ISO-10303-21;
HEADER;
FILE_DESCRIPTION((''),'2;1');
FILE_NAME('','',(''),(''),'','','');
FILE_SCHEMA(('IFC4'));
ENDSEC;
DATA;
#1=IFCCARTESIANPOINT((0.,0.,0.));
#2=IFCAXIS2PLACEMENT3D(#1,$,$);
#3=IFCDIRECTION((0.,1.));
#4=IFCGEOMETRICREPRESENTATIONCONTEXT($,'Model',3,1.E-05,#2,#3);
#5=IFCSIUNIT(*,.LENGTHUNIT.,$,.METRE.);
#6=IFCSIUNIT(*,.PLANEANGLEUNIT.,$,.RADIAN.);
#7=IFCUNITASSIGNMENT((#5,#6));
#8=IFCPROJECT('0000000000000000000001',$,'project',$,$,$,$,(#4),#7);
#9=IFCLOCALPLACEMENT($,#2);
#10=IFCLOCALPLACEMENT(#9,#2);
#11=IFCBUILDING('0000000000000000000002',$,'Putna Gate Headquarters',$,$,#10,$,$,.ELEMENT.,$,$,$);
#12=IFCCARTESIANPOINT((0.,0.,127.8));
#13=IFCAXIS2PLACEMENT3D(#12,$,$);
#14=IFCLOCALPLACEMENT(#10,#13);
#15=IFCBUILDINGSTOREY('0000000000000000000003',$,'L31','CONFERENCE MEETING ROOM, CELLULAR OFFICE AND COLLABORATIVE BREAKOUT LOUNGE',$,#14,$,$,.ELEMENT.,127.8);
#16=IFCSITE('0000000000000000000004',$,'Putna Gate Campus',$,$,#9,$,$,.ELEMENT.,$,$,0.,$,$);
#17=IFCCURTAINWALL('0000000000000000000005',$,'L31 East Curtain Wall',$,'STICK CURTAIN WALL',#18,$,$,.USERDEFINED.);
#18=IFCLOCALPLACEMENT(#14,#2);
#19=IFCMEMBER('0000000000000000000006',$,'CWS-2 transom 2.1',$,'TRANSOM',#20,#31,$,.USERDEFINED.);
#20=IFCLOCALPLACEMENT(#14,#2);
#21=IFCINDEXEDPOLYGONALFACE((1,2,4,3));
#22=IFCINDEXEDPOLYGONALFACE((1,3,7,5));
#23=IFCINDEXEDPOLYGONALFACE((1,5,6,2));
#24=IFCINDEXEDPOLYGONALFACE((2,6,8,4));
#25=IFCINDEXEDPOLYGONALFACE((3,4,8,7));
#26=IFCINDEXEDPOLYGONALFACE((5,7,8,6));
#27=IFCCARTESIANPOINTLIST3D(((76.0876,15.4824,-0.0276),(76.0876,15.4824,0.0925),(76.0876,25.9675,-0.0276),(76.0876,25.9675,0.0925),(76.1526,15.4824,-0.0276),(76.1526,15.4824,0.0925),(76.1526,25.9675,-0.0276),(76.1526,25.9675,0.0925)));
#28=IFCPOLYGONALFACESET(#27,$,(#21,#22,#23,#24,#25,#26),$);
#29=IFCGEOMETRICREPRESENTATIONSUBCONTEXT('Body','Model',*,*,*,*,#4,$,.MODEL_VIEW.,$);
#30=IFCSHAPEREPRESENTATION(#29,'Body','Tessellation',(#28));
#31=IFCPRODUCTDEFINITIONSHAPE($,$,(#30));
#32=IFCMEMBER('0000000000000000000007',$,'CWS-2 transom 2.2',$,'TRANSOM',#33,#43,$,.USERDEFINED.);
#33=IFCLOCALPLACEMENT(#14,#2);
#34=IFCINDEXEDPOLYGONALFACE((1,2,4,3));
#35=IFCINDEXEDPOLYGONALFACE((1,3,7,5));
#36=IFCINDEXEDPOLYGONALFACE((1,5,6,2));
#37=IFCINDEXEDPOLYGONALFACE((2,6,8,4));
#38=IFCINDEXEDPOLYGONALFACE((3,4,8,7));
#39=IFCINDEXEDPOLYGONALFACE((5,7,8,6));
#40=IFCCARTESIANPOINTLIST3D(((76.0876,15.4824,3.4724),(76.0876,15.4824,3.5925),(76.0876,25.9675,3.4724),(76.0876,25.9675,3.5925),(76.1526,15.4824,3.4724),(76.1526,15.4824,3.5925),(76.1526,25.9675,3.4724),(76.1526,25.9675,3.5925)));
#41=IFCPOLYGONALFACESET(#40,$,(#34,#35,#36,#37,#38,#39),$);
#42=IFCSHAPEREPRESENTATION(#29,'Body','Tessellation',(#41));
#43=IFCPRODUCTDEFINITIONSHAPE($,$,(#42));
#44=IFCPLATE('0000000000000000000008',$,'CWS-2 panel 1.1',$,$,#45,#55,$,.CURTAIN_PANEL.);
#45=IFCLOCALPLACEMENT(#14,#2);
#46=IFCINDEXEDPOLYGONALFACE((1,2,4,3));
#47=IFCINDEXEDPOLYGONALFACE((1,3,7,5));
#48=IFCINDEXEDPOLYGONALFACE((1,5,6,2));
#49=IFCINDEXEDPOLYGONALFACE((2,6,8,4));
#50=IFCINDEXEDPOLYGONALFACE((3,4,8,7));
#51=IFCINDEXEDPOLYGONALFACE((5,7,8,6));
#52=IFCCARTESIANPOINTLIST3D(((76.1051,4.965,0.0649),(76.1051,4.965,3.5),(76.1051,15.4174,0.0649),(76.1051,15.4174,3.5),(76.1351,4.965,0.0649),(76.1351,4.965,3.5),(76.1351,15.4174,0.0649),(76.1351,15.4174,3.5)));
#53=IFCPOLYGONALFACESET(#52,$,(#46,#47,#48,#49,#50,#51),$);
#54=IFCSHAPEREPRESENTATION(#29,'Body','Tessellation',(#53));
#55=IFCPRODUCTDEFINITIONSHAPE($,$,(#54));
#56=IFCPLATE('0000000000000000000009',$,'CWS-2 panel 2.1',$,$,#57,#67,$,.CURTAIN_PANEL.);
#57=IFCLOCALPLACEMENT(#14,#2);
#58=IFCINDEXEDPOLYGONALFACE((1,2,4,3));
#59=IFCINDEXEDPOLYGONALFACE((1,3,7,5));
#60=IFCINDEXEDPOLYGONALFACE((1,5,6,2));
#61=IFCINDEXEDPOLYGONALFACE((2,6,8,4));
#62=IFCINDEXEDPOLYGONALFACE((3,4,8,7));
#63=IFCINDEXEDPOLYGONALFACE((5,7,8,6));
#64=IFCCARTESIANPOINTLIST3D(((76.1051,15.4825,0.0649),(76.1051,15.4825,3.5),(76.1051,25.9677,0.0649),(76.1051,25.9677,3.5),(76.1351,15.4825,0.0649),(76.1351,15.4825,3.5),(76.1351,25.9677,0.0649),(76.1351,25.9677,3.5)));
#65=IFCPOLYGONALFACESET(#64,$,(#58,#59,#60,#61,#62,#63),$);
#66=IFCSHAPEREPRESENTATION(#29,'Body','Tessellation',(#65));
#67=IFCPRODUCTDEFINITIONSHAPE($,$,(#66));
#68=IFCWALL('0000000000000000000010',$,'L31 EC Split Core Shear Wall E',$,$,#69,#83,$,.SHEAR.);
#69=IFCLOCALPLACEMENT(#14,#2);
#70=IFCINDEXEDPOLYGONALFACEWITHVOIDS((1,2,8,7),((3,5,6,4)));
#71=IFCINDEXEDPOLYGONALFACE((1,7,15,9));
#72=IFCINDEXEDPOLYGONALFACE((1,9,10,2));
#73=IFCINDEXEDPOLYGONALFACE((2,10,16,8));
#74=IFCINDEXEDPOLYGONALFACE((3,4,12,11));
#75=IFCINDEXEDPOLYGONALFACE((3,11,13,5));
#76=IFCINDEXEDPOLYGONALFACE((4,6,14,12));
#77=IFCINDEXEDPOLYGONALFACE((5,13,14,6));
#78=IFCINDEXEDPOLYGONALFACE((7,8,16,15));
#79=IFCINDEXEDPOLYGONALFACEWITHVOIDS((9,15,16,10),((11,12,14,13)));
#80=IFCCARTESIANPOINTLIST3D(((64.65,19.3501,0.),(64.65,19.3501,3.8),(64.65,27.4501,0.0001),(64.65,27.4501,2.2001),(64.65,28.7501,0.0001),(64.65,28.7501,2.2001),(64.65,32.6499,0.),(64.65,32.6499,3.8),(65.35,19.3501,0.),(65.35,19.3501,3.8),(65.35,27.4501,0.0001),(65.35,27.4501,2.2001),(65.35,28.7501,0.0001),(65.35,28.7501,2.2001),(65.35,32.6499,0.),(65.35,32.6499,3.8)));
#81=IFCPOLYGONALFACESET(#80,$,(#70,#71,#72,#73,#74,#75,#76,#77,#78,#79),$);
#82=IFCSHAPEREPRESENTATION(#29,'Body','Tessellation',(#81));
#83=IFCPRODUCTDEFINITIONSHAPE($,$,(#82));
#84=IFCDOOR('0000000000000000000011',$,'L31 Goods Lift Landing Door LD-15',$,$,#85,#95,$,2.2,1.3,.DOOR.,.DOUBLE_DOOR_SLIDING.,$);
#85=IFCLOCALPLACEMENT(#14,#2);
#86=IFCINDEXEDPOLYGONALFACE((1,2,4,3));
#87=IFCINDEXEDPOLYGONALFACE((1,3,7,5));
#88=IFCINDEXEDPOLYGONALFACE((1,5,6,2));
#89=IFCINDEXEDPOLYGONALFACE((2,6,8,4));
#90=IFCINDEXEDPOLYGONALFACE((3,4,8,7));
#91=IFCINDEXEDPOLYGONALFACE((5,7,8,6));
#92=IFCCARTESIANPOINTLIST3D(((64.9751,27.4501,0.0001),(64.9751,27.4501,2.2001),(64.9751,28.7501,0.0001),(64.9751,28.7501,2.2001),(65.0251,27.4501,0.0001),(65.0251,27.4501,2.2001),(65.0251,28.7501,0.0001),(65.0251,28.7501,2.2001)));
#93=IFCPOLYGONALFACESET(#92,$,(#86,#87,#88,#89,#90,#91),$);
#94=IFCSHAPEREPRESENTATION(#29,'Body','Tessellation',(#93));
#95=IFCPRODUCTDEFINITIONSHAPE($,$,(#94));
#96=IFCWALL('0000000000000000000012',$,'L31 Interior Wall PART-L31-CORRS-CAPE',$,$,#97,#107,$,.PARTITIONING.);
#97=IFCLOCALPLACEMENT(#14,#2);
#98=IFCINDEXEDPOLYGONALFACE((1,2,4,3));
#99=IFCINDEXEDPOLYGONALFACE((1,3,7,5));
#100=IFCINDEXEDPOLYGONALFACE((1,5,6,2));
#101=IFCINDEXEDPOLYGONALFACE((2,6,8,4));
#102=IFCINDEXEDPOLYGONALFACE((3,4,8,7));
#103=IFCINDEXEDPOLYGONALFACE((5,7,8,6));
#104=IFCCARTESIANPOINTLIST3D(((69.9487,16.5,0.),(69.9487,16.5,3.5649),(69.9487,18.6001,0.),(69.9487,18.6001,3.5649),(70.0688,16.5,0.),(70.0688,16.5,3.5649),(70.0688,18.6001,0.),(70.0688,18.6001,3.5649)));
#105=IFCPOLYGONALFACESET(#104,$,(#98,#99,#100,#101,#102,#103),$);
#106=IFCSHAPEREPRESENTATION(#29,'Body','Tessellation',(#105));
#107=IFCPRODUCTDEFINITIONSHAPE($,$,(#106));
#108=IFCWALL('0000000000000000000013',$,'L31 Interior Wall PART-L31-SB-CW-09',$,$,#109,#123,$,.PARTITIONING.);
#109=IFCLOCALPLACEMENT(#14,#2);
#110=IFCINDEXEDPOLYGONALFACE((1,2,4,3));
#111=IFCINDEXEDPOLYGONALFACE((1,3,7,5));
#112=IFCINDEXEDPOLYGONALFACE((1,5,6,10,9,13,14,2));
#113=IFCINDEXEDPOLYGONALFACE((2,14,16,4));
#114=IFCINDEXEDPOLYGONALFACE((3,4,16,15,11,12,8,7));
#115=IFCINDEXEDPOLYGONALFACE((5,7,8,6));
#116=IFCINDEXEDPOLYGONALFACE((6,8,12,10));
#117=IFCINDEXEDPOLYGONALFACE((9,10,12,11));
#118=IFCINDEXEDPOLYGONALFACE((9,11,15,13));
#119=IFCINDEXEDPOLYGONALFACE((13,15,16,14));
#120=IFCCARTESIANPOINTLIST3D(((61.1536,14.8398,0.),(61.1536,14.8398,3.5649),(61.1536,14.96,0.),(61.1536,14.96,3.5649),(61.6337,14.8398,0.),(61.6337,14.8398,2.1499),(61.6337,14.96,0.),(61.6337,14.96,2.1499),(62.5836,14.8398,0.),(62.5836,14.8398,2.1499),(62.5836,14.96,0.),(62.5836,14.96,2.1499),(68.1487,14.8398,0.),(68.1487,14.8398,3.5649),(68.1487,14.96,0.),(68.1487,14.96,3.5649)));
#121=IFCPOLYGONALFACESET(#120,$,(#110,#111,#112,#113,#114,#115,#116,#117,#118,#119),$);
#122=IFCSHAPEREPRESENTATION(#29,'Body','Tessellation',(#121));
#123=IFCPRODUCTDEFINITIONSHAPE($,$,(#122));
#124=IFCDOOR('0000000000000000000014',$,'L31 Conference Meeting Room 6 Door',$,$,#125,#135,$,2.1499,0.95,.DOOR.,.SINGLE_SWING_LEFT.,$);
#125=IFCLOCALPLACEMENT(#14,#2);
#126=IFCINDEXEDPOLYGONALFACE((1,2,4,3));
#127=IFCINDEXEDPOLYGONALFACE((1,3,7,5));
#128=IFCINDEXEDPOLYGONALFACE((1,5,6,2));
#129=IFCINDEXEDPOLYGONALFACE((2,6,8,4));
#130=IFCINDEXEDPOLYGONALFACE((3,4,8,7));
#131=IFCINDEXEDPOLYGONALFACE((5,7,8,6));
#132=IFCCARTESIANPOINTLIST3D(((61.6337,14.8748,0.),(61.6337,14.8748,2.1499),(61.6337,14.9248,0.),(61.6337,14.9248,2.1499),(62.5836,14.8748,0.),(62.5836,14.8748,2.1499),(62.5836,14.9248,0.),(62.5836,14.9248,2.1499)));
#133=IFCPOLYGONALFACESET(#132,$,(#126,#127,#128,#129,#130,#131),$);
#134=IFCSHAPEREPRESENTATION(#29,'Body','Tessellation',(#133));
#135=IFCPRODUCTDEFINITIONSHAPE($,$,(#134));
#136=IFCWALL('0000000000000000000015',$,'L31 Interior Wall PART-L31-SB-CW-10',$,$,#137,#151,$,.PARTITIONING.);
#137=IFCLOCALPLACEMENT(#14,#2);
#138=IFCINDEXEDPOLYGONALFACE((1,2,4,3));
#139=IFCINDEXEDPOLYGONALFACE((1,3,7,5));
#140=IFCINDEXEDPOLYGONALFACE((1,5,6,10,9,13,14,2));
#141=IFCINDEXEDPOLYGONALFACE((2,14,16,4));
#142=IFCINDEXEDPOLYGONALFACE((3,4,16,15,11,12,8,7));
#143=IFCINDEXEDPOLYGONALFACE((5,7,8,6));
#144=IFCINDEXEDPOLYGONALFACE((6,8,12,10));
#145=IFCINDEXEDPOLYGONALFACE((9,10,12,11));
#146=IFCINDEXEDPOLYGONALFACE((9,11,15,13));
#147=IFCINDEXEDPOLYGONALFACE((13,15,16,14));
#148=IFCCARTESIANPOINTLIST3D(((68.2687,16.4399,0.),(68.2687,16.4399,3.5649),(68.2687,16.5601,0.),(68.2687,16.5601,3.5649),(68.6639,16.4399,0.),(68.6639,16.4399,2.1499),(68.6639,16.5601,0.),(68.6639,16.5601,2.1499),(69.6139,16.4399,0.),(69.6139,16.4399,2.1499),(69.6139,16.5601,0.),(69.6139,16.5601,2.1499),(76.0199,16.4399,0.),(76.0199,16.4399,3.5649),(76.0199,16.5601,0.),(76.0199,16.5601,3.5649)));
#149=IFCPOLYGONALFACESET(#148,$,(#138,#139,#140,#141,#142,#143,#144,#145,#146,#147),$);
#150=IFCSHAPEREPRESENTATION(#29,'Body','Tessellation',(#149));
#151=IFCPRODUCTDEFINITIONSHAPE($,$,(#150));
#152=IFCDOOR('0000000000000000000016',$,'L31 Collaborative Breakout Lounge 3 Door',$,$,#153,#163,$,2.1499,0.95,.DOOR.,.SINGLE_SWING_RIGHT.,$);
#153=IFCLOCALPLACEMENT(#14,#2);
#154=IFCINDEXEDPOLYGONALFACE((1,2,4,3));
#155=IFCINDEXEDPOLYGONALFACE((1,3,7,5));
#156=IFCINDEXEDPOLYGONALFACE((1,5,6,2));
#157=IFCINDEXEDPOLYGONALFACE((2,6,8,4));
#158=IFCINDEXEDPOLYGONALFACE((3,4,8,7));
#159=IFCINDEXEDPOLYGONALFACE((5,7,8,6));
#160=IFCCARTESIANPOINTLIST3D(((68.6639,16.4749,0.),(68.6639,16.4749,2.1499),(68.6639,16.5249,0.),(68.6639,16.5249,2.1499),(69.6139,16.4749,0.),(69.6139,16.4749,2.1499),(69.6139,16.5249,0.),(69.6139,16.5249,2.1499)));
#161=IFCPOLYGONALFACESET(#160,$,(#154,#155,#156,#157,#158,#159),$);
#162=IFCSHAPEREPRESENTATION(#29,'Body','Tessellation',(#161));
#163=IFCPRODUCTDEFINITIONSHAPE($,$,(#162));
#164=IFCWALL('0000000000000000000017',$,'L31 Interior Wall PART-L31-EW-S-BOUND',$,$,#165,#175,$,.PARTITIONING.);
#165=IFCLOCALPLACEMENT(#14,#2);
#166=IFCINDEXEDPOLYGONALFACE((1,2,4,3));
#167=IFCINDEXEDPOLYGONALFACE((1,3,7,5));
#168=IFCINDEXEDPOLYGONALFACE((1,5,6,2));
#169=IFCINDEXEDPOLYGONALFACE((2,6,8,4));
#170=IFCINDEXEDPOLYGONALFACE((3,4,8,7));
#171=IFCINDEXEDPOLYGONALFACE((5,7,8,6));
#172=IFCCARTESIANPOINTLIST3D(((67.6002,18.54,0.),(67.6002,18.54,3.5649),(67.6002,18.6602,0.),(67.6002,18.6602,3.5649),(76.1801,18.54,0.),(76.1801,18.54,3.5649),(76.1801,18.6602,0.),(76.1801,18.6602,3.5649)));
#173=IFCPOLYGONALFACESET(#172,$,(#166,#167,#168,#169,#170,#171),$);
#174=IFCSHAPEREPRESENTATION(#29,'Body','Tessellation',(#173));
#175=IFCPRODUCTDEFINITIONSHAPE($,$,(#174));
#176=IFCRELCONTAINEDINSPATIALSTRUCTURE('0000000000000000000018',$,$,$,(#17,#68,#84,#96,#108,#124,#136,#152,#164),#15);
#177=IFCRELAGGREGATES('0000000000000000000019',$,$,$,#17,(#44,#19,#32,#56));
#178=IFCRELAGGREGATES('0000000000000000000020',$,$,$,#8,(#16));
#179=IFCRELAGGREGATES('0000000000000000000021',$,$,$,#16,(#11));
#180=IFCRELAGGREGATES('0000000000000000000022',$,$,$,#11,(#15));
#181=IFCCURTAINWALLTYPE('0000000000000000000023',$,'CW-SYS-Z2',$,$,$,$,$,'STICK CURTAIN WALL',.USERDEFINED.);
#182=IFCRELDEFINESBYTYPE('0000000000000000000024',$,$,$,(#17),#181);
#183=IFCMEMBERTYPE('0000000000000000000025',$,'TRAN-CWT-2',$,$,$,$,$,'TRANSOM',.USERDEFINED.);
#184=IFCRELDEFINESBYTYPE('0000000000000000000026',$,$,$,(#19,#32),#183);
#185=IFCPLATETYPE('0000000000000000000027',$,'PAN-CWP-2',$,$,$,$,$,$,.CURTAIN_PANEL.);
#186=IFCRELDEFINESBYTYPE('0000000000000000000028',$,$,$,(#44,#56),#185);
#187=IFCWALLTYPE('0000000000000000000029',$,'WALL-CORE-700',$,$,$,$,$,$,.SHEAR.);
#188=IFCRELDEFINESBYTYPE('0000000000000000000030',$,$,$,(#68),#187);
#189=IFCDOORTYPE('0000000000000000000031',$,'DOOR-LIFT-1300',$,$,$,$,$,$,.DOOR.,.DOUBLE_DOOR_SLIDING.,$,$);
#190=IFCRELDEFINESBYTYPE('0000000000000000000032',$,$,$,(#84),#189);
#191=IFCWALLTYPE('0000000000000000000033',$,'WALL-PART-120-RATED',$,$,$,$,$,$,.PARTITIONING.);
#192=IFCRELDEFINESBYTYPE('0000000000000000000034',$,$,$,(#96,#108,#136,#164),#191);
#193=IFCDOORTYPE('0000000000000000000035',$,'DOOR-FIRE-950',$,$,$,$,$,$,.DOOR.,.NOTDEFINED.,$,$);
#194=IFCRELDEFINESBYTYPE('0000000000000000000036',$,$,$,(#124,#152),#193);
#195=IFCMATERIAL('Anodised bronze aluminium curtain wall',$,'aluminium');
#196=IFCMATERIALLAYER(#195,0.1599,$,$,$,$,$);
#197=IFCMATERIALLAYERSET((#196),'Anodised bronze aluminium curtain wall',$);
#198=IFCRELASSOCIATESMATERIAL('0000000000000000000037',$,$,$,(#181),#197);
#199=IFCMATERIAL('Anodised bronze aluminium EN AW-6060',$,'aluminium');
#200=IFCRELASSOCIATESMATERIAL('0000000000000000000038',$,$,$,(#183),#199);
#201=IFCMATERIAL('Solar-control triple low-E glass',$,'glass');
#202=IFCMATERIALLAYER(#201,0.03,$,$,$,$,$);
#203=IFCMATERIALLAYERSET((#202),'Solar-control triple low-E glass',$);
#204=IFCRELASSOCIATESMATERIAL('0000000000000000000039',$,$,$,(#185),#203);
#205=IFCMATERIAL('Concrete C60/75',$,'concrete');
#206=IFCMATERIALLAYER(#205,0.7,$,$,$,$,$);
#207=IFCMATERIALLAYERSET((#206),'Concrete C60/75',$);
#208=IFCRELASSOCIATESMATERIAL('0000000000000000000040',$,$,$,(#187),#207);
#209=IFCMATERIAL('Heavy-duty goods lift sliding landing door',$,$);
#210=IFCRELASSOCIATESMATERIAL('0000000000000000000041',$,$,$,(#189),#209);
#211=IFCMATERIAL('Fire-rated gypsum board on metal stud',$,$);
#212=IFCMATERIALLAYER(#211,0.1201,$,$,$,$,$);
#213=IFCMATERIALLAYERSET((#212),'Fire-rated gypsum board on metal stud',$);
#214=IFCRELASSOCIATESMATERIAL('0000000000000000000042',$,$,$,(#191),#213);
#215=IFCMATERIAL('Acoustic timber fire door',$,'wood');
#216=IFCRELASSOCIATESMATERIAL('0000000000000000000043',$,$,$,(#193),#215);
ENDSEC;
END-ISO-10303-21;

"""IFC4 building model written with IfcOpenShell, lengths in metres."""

from ifc_helpers import new_model, si_unit, direction, frame, frame_2d, origin, origin_2d, place, context, subcontext, project, spatial, rectangle, extrude, material, layer, layer_set, material_profile, profile_set, type_object, element, fill, aggregate, save


model = new_model("IFC4")

# Units and contexts
model_context = context("Model", 3, precision=1e-05, world=origin(), true_north=direction((0.0, 1.0)))
body_context = subcontext(model_context, "Body", "Model", "MODEL_VIEW")
ifc_project = project(units=[si_unit("LENGTHUNIT", "METRE"), si_unit("PLANEANGLEUNIT", "RADIAN")], contexts=[model_context])

# Site, building, storey
site_placement = place(None, origin())
site = spatial("IfcSite", under=ifc_project, at=site_placement, Name="Putna Gate Campus", CompositionType="ELEMENT", RefElevation=0.0)
building_placement = place(site_placement, origin())
building = spatial("IfcBuilding", under=site, at=building_placement, Name="Putna Gate Headquarters", CompositionType="ELEMENT")
storey_placement = place(building_placement, frame((0.0, 0.0, 127.8)))
storey = spatial("IfcBuildingStorey", under=building, at=storey_placement, Name="L31", Description="CONFERENCE MEETING ROOM, CELLULAR OFFICE AND COLLABORATIVE BREAKOUT LOUNGE", CompositionType="ELEMENT", Elevation=127.8)

# Shared definitions
ifc_material_1 = material(Name="Concrete C60/75", Category="concrete")

# Curtain wall, members, plates
ifc_material_2 = material(Name="Anodised bronze aluminium curtain wall", Category="aluminium")
ifc_layer_1 = layer(ifc_material_2, 0.1599)
ifc_layer_set_1 = layer_set([ifc_layer_1], Name="Anodised bronze aluminium curtain wall")
curtain_wall_type = type_object("IfcCurtainWallType", Name="CW-SYS-Z2", ElementType="STICK CURTAIN WALL", PredefinedType="USERDEFINED", material=ifc_layer_set_1)
curtain_wall_placement = place(storey_placement, origin())
curtain_wall = element("IfcCurtainWall", 1, at=curtain_wall_placement, inside=storey, type_object=curtain_wall_type, Name="L31 East Curtain Wall", ObjectType="STICK CURTAIN WALL", PredefinedType="USERDEFINED")
ifc_material_3 = material(Name="Anodised bronze aluminium EN AW-6060", Category="aluminium")
ifc_material_profile_1 = material_profile(ifc_material_3, rectangle(XDim=0.0649, YDim=0.1201, at=origin_2d()), Name="Anodised bronze aluminium EN AW-6060")
ifc_profile_set_1 = profile_set([ifc_material_profile_1], Name="Anodised bronze aluminium EN AW-6060")
member_type_1 = type_object("IfcMemberType", Name="TRAN-CWT-2", ElementType="TRANSOM", PredefinedType="USERDEFINED", material=ifc_profile_set_1)
member_1_placement = place(storey_placement, frame((76.1201, 15.4824, 0.0325), z_axis=(0.0, 1.0, 0.0), x_axis=(-1.0, 0.0, 0.0)))
member_1 = element("IfcMember", 2, at=member_1_placement, type_object=member_type_1, Name="CWS-2 transom 2.1", ObjectType="TRANSOM", PredefinedType="USERDEFINED", context=body_context, shape_type="SweptSolid", body=[
    extrude(rectangle(XDim=0.0649, YDim=0.1201, at=origin_2d()), origin(), (0.0, 0.0, 1.0), 10.4851),
])
member_2_placement = place(storey_placement, frame((76.1201, 15.4824, 3.5325), z_axis=(0.0, 1.0, 0.0), x_axis=(-1.0, 0.0, 0.0)))
member_2 = element("IfcMember", 3, at=member_2_placement, type_object=member_type_1, Name="CWS-2 transom 2.2", ObjectType="TRANSOM", PredefinedType="USERDEFINED", context=body_context, shape_type="SweptSolid", body=[
    extrude(rectangle(XDim=0.0649, YDim=0.1201, at=origin_2d()), origin(), (0.0, 0.0, 1.0), 10.4851),
])
ifc_material_4 = material(Name="Solar-control triple low-E glass", Category="glass")
ifc_layer_2 = layer(ifc_material_4, 0.03)
ifc_layer_set_2 = layer_set([ifc_layer_2], Name="Solar-control triple low-E glass")
plate_type = type_object("IfcPlateType", Name="PAN-CWP-2", PredefinedType="CURTAIN_PANEL", material=ifc_layer_set_2)
plate_1_placement = place(storey_placement, frame((76.1201, 10.1912, 0.0649), z_axis=(0.0, 0.0, 1.0), x_axis=(0.0, 1.0, 0.0)))
plate_1 = element("IfcPlate", 4, at=plate_1_placement, type_object=plate_type, Name="CWS-2 panel 1.1", PredefinedType="CURTAIN_PANEL", context=body_context, shape_type="SweptSolid", body=[
    extrude(rectangle(XDim=10.4524, YDim=0.03, at=origin_2d()), origin(), (0.0, 0.0, 1.0), 3.4351),
])
plate_2_placement = place(storey_placement, frame((76.1201, 20.7251, 0.0649), z_axis=(0.0, 0.0, 1.0), x_axis=(0.0, 1.0, 0.0)))
plate_2 = element("IfcPlate", 5, at=plate_2_placement, type_object=plate_type, Name="CWS-2 panel 2.1", PredefinedType="CURTAIN_PANEL", context=body_context, shape_type="SweptSolid", body=[
    extrude(rectangle(XDim=10.4851, YDim=0.03, at=origin_2d()), origin(), (0.0, 0.0, 1.0), 3.4351),
])
aggregate(curtain_wall, [plate_1, member_1, member_2, plate_2])

# Wall, opening, door
ifc_layer_3 = layer(ifc_material_1, 0.7)
ifc_layer_set_3 = layer_set([ifc_layer_3], Name="Concrete C60/75")
wall_type_1 = type_object("IfcWallType", Name="WALL-CORE-700", PredefinedType="SHEAR", material=ifc_layer_set_3)
wall_1_placement = place(storey_placement, frame((65.0, 19.3501, 0.0), z_axis=(0.0, 0.0, 1.0), x_axis=(0.0, 1.0, 0.0)))
wall_1 = element("IfcWall", 6, at=wall_1_placement, inside=storey, type_object=wall_type_1, Name="L31 EC Split Core Shear Wall E", PredefinedType="SHEAR", context=body_context, shape_type="SweptSolid", body=[
    extrude(rectangle(XDim=13.2998, YDim=0.7, at=frame_2d((6.6499, 0.0))), origin(), (0.0, 0.0, 1.0), 3.8),
])
opening_1_placement = place(wall_1_placement, frame((8.1001, 0.0, 0.0)))
opening_1 = element("IfcOpeningElement", 7, at=opening_1_placement, cuts=wall_1, PredefinedType="OPENING", context=body_context, shape_type="SweptSolid", body=[
    extrude(rectangle(XDim=1.3, YDim=2.2, at=frame_2d((0.6499, 1.1001))), frame((0.0, 0.3599, 0.0), z_axis=(0.0, -1.0, 0.0), x_axis=(1.0, 0.0, 0.0)), (0.0, 0.0, 1.0), 0.72),
])
ifc_material_5 = material(Name="Heavy-duty goods lift sliding landing door")
door_type_1 = type_object("IfcDoorType", Name="DOOR-LIFT-1300", OperationType="DOUBLE_DOOR_SLIDING", PredefinedType="DOOR", material=ifc_material_5)
door_1_placement = place(opening_1_placement, origin())
door_1 = element("IfcDoor", 8, at=door_1_placement, inside=storey, type_object=door_type_1, Name="L31 Goods Lift Landing Door LD-15", OperationType="DOUBLE_DOOR_SLIDING", OverallHeight=2.2, OverallWidth=1.3, PredefinedType="DOOR", context=body_context, shape_type="SweptSolid", body=[
    extrude(rectangle(XDim=1.3, YDim=2.2, at=frame_2d((0.6499, 1.1001))), frame((0.0, 0.0249, 0.0), z_axis=(0.0, -1.0, 0.0), x_axis=(1.0, 0.0, 0.0)), (0.0, 0.0, 1.0), 0.05),
])
fill(opening_1, door_1)

# Wall
ifc_material_6 = material(Name="Fire-rated gypsum board on metal stud")
ifc_layer_4 = layer(ifc_material_6, 0.1201)
ifc_layer_set_4 = layer_set([ifc_layer_4], Name="Fire-rated gypsum board on metal stud")
wall_type_2 = type_object("IfcWallType", Name="WALL-PART-120-RATED", PredefinedType="PARTITIONING", material=ifc_layer_set_4)
wall_2_placement = place(storey_placement, frame((70.0088, 16.5, 0.0), z_axis=(0.0, 0.0, 1.0), x_axis=(0.0, 1.0, 0.0)))
element("IfcWall", 9, at=wall_2_placement, inside=storey, type_object=wall_type_2, Name="L31 Interior Wall PART-L31-CORRS-CAPE", PredefinedType="PARTITIONING", context=body_context, shape_type="SweptSolid", body=[
    extrude(rectangle(XDim=2.1001, YDim=0.1201, at=frame_2d((1.05, 0.0))), origin(), (0.0, 0.0, 1.0), 3.5649),
])

# Walls, openings, doors
wall_3_placement = place(storey_placement, frame((61.1536, 14.8999, 0.0), z_axis=(0.0, 0.0, 1.0), x_axis=(1.0, 0.0, 0.0)))
wall_3 = element("IfcWall", 10, at=wall_3_placement, inside=storey, type_object=wall_type_2, Name="L31 Interior Wall PART-L31-SB-CW-09", PredefinedType="PARTITIONING", context=body_context, shape_type="SweptSolid", body=[
    extrude(rectangle(XDim=6.9951, YDim=0.1201, at=frame_2d((3.4976, 0.0))), origin(), (0.0, 0.0, 1.0), 3.5649),
])
opening_2_placement = place(wall_3_placement, frame((0.48, 0.0, 0.0)))
opening_2 = element("IfcOpeningElement", 11, at=opening_2_placement, cuts=wall_3, PredefinedType="OPENING", context=body_context, shape_type="SweptSolid", body=[
    extrude(rectangle(XDim=0.95, YDim=2.1499, at=frame_2d((0.4751, 1.075))), frame((0.0, 0.0701, 0.0), z_axis=(0.0, -1.0, 0.0), x_axis=(1.0, 0.0, 0.0)), (0.0, 0.0, 1.0), 0.1401),
])
ifc_material_7 = material(Name="Acoustic timber fire door", Category="wood")
door_type_2 = type_object("IfcDoorType", Name="DOOR-FIRE-950", OperationType="NOTDEFINED", PredefinedType="DOOR", material=ifc_material_7)
door_2_placement = place(opening_2_placement, origin())
door_2 = element("IfcDoor", 12, at=door_2_placement, inside=storey, type_object=door_type_2, Name="L31 Conference Meeting Room 6 Door", OperationType="SINGLE_SWING_LEFT", OverallHeight=2.1499, OverallWidth=0.95, PredefinedType="DOOR", context=body_context, shape_type="SweptSolid", body=[
    extrude(rectangle(XDim=0.95, YDim=2.1499, at=frame_2d((0.4751, 1.075))), frame((0.0, 0.0249, 0.0), z_axis=(0.0, -1.0, 0.0), x_axis=(1.0, 0.0, 0.0)), (0.0, 0.0, 1.0), 0.05),
])
fill(opening_2, door_2)
wall_4_placement = place(storey_placement, frame((68.2688, 16.5, 0.0), z_axis=(0.0, 0.0, 1.0), x_axis=(1.0, 0.0, 0.0)))
wall_4 = element("IfcWall", 13, at=wall_4_placement, inside=storey, type_object=wall_type_2, Name="L31 Interior Wall PART-L31-SB-CW-10", PredefinedType="PARTITIONING", context=body_context, shape_type="SweptSolid", body=[
    extrude(rectangle(XDim=7.7512, YDim=0.1201, at=frame_2d((3.8755, 0.0))), origin(), (0.0, 0.0, 1.0), 3.5649),
])
opening_3_placement = place(wall_4_placement, frame((0.395, 0.0, 0.0)))
opening_3 = element("IfcOpeningElement", 14, at=opening_3_placement, cuts=wall_4, PredefinedType="OPENING", context=body_context, shape_type="SweptSolid", body=[
    extrude(rectangle(XDim=0.95, YDim=2.1499, at=frame_2d((0.4751, 1.075))), frame((0.0, 0.0701, 0.0), z_axis=(0.0, -1.0, 0.0), x_axis=(1.0, 0.0, 0.0)), (0.0, 0.0, 1.0), 0.1401),
])
door_3_placement = place(opening_3_placement, origin())
door_3 = element("IfcDoor", 15, at=door_3_placement, inside=storey, type_object=door_type_2, Name="L31 Collaborative Breakout Lounge 3 Door", OperationType="SINGLE_SWING_RIGHT", OverallHeight=2.1499, OverallWidth=0.95, PredefinedType="DOOR", context=body_context, shape_type="SweptSolid", body=[
    extrude(rectangle(XDim=0.95, YDim=2.1499, at=frame_2d((0.4751, 1.075))), frame((0.0, 0.0249, 0.0), z_axis=(0.0, -1.0, 0.0), x_axis=(1.0, 0.0, 0.0)), (0.0, 0.0, 1.0), 0.05),
])
fill(opening_3, door_3)

# Wall
wall_5_placement = place(storey_placement, frame((67.6001, 18.6001, 0.0), z_axis=(0.0, 0.0, 1.0), x_axis=(1.0, 0.0, 0.0)))
element("IfcWall", 16, at=wall_5_placement, inside=storey, type_object=wall_type_2, Name="L31 Interior Wall PART-L31-EW-S-BOUND", PredefinedType="PARTITIONING", context=body_context, shape_type="SweptSolid", body=[
    extrude(rectangle(XDim=8.5798, YDim=0.1201, at=frame_2d((4.29, 0.0))), origin(), (0.0, 0.0, 1.0), 3.5649),
])

save(model, "model.ifc")
